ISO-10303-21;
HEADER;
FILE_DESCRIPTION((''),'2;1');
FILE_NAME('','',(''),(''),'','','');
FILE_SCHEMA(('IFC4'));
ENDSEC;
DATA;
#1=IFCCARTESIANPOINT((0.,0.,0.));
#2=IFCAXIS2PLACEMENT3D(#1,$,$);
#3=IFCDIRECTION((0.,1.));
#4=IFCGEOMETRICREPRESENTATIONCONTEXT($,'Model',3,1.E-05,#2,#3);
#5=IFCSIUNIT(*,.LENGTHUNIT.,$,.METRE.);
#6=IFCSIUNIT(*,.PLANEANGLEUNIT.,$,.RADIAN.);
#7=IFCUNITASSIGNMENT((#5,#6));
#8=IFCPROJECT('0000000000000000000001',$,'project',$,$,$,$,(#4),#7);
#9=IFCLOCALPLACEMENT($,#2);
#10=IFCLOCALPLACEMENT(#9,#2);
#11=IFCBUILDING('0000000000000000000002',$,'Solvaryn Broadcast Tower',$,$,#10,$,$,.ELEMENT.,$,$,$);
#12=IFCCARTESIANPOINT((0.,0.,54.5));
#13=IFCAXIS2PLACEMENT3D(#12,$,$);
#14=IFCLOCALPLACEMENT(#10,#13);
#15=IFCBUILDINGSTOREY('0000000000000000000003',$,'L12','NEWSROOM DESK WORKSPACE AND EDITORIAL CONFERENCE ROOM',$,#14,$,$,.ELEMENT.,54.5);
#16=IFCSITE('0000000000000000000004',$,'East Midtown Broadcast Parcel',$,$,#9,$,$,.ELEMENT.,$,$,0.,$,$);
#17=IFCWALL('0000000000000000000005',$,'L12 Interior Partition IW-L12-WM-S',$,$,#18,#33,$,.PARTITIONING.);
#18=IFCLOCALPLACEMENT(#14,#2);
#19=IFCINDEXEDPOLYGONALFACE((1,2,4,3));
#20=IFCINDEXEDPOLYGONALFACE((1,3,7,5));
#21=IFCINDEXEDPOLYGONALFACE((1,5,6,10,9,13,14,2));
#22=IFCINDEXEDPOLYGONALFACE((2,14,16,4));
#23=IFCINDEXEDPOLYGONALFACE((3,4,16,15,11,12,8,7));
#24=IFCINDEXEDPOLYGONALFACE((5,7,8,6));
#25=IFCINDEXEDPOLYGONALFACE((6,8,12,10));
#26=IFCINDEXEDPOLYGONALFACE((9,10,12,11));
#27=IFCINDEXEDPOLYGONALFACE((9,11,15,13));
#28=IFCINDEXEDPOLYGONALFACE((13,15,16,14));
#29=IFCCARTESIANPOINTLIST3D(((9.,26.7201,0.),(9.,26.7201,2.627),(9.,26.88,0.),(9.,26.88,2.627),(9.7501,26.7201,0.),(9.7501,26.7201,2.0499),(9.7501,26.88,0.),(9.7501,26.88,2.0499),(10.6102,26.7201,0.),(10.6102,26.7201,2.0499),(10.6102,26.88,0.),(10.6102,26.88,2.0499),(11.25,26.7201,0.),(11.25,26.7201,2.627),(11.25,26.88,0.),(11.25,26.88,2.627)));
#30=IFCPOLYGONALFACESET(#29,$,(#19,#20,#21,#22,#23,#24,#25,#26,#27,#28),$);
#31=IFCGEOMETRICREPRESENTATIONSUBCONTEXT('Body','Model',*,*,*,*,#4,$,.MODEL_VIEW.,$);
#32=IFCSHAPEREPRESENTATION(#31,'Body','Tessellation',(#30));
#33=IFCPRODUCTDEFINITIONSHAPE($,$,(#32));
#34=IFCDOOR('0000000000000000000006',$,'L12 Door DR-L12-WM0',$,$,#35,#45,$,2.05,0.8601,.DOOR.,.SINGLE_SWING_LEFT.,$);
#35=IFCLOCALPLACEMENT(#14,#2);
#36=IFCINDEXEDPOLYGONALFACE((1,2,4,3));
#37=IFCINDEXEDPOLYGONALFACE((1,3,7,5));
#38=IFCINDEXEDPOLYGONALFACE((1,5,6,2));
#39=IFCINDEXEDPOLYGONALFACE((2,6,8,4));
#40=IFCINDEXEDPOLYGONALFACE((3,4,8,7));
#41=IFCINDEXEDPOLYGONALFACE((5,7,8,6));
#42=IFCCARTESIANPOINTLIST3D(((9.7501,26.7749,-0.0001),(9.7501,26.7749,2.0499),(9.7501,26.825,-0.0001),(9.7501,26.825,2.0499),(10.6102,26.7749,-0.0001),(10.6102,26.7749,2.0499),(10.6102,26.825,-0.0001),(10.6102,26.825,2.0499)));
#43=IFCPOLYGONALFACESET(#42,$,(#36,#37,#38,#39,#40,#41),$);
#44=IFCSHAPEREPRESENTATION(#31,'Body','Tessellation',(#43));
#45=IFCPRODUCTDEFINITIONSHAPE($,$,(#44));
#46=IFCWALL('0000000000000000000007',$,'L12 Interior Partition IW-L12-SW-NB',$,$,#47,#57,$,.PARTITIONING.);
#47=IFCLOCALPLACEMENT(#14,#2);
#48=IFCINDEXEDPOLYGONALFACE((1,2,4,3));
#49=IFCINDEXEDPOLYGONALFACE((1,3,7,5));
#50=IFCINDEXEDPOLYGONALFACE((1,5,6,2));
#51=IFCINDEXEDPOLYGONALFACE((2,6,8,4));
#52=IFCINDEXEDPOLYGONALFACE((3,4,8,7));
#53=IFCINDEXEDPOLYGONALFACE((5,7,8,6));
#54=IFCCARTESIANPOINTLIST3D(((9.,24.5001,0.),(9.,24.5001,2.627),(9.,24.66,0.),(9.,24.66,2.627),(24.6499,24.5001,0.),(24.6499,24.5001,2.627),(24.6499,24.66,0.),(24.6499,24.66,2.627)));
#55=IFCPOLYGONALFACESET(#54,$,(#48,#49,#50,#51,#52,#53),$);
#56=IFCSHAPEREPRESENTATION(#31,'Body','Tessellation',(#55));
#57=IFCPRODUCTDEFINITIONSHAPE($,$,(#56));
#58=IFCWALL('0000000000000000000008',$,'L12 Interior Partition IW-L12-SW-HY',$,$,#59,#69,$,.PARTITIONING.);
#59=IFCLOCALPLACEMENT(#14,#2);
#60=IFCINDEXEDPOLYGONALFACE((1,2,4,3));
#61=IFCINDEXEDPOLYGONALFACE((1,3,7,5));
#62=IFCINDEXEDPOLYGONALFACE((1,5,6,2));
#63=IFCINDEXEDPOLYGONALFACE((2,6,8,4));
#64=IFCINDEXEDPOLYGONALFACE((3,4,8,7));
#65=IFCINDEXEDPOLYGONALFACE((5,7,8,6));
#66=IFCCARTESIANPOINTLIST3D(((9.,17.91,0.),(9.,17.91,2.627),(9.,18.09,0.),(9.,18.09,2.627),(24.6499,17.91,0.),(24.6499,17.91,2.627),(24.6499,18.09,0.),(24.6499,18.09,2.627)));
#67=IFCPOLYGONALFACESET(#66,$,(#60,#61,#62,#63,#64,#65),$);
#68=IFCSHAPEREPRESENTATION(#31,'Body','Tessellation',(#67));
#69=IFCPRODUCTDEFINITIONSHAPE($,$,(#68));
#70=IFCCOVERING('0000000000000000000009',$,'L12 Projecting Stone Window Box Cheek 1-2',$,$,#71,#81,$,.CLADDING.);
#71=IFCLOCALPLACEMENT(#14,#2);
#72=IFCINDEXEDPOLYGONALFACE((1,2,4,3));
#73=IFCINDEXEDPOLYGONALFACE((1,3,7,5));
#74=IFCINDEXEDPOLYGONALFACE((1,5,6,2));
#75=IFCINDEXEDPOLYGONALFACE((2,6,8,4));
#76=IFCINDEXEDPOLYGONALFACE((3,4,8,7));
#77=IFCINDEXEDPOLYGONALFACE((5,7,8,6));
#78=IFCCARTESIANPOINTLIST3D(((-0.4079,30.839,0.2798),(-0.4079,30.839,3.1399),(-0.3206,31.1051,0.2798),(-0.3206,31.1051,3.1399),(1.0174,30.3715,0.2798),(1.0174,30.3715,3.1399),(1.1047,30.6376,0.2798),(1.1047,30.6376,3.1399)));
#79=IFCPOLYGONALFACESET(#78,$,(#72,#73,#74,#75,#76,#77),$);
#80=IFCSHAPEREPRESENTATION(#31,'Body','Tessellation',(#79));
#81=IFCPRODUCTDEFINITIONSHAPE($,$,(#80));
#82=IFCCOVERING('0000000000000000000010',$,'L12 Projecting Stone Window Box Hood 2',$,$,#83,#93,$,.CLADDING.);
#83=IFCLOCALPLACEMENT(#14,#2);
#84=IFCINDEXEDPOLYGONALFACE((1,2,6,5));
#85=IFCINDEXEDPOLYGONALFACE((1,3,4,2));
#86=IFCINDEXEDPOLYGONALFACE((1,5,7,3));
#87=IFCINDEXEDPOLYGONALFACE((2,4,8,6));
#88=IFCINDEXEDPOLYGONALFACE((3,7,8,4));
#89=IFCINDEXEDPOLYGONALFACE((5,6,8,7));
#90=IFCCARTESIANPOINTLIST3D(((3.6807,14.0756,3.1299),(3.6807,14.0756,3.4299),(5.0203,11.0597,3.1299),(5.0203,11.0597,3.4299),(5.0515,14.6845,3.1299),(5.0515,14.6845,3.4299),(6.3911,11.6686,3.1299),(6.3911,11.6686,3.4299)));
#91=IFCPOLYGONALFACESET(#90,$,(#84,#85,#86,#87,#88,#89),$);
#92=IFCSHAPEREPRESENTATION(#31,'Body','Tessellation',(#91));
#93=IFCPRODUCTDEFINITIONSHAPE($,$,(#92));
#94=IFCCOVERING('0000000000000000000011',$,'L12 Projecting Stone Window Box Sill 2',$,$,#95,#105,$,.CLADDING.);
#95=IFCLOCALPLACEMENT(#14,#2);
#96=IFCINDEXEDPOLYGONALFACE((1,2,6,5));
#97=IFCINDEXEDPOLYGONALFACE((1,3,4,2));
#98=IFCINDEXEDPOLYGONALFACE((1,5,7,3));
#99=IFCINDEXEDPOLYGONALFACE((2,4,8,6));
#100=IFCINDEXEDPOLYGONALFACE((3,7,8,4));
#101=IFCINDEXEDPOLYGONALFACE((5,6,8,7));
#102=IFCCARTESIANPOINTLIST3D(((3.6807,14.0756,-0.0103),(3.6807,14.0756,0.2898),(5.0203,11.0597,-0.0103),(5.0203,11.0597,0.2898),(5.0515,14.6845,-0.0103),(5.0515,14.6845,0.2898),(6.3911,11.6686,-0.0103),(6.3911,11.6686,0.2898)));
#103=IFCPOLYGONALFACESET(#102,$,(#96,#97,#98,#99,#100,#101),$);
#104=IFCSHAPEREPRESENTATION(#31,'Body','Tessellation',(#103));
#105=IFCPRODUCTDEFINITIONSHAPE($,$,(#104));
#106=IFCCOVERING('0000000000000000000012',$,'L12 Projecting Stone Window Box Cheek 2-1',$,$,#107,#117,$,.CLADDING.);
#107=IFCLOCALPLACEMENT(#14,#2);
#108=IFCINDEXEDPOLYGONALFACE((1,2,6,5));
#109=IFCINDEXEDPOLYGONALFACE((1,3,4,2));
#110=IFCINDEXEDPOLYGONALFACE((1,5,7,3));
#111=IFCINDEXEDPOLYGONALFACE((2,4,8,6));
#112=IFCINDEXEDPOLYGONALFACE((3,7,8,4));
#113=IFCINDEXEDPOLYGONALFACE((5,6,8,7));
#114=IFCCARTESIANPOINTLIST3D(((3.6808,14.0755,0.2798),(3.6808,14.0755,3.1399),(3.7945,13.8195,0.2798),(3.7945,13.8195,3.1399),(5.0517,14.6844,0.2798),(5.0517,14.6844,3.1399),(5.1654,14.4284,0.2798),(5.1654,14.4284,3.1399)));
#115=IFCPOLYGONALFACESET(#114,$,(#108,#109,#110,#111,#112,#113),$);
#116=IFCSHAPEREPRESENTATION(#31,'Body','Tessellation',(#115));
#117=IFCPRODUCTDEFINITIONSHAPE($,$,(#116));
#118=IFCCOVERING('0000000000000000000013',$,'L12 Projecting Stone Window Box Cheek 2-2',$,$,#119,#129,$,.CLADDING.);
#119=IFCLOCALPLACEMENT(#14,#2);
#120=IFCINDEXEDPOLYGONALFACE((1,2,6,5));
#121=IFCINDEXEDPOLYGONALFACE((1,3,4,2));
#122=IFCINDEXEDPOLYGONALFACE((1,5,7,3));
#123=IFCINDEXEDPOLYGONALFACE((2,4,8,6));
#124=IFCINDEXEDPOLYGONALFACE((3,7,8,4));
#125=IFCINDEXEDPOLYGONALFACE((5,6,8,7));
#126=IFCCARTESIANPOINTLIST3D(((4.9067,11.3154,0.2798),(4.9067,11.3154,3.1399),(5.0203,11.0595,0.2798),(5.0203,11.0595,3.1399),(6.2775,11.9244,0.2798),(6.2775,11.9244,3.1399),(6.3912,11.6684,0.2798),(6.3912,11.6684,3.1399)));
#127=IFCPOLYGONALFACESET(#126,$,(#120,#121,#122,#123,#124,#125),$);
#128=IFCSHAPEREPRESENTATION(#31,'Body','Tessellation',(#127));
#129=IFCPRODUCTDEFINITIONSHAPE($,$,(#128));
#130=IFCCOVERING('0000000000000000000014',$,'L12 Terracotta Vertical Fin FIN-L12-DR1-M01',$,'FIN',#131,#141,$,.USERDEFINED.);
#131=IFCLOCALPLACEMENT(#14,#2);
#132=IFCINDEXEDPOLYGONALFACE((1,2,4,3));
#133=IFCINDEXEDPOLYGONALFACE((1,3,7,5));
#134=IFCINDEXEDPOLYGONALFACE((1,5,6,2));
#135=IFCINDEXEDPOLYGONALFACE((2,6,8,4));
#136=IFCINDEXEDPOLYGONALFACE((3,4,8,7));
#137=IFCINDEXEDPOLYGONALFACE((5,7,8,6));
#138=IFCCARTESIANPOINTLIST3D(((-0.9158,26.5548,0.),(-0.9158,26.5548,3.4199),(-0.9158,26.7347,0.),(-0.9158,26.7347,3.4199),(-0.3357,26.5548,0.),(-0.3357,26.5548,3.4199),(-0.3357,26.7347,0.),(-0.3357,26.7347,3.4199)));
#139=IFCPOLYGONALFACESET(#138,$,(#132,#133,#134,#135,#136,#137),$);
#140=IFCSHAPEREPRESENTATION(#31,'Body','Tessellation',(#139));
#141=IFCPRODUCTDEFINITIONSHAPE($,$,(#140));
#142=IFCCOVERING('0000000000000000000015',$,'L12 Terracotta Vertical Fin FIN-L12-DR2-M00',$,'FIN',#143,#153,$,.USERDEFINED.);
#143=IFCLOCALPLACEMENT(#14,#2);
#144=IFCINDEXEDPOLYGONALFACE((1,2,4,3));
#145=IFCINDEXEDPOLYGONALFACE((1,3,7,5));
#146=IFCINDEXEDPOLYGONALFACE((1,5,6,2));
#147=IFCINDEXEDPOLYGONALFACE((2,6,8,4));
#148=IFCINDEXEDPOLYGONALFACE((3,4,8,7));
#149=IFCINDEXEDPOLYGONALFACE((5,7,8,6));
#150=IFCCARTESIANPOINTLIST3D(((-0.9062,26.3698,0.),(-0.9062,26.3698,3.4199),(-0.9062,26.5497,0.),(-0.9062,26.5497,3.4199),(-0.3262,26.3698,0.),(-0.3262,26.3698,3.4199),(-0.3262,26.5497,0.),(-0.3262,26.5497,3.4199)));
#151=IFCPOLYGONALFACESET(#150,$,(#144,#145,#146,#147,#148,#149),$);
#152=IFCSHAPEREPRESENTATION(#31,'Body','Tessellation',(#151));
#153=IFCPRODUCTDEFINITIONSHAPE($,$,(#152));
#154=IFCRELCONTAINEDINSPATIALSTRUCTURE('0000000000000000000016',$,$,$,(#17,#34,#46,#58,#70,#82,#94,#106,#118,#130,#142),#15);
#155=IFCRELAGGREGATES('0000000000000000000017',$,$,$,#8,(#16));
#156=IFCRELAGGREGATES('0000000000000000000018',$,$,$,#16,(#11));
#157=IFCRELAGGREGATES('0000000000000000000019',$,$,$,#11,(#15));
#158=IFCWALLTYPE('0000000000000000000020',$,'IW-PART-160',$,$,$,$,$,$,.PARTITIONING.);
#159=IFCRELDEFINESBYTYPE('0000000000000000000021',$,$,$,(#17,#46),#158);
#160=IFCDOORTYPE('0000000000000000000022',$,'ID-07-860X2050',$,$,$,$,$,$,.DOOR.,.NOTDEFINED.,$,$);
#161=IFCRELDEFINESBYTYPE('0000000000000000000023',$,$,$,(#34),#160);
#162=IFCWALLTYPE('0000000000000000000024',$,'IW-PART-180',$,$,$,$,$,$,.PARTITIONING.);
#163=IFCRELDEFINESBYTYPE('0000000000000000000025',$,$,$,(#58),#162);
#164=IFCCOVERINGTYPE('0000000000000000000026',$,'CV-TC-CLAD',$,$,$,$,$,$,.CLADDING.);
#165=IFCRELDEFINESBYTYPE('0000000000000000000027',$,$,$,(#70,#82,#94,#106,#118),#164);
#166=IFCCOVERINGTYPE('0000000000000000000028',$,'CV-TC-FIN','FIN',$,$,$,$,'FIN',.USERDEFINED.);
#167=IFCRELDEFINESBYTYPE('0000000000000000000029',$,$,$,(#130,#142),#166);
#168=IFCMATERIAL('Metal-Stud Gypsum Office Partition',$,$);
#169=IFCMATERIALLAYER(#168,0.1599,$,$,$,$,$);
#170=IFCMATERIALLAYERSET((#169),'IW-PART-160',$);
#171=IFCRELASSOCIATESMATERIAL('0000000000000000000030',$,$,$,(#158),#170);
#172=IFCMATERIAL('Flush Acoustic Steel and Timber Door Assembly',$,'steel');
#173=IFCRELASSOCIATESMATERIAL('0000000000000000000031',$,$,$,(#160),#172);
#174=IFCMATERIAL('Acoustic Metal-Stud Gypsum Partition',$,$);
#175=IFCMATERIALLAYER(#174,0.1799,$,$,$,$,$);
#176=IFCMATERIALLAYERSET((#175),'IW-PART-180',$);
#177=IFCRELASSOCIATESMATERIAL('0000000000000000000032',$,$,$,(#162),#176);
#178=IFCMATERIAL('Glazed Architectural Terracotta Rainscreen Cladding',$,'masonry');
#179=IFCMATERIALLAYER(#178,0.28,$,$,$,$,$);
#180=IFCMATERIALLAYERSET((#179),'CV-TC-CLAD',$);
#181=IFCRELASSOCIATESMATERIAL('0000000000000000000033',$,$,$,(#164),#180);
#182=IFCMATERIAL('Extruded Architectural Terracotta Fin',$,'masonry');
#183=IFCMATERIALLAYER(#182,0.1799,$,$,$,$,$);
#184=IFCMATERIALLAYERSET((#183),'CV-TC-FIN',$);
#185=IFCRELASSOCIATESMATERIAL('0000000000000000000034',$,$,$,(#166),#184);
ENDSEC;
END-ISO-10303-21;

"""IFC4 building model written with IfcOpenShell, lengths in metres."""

from ifc_helpers import new_model, si_unit, direction, frame, frame_2d, origin, origin_2d, place, context, subcontext, project, spatial, rectangle, extrude, material, layer, layer_set, type_object, element, fill, save


model = new_model("IFC4")

# Units and contexts
model_context = context("Model", 3, precision=1e-05, world=origin(), true_north=direction((0.0, 1.0)))
body_context = subcontext(model_context, "Body", "Model", "MODEL_VIEW")
ifc_project = project(units=[si_unit("LENGTHUNIT", "METRE"), si_unit("PLANEANGLEUNIT", "RADIAN")], contexts=[model_context])

# Site, building, storey
site_placement = place(None, origin())
site = spatial("IfcSite", under=ifc_project, at=site_placement, Name="East Midtown Broadcast Parcel", CompositionType="ELEMENT", RefElevation=0.0)
building_placement = place(site_placement, origin())
building = spatial("IfcBuilding", under=site, at=building_placement, Name="Solvaryn Broadcast Tower", CompositionType="ELEMENT")
storey_placement = place(building_placement, frame((0.0, 0.0, 54.5)))
storey = spatial("IfcBuildingStorey", under=building, at=storey_placement, Name="L12", Description="NEWSROOM DESK WORKSPACE AND EDITORIAL CONFERENCE ROOM", CompositionType="ELEMENT", Elevation=54.5)

# Wall, opening, door
ifc_material_1 = material(Name="Metal-Stud Gypsum Office Partition")
ifc_layer_1 = layer(ifc_material_1, 0.1599)
ifc_layer_set_1 = layer_set([ifc_layer_1], Name="IW-PART-160")
wall_type_1 = type_object("IfcWallType", Name="IW-PART-160", PredefinedType="PARTITIONING", material=ifc_layer_set_1)
wall_1_placement = place(storey_placement, frame((9.0, 26.8, 0.0), z_axis=(0.0, 0.0, 1.0), x_axis=(1.0, 0.0, 0.0)))
wall_1 = element("IfcWall", 1, at=wall_1_placement, inside=storey, type_object=wall_type_1, Name="L12 Interior Partition IW-L12-WM-S", PredefinedType="PARTITIONING", context=body_context, shape_type="SweptSolid", body=[
    extrude(rectangle(XDim=2.25, YDim=0.1599, at=frame_2d((1.125, 0.0))), origin(), (0.0, 0.0, 1.0), 2.627),
])
opening_placement = place(wall_1_placement, frame((0.75, 0.0, 0.0)))
opening = element("IfcOpeningElement", 2, at=opening_placement, cuts=wall_1, PredefinedType="OPENING", context=body_context, shape_type="SweptSolid", body=[
    extrude(rectangle(XDim=0.8601, YDim=2.05, at=frame_2d((0.4302, 1.0249))), frame((0.0, 0.0901, 0.0), z_axis=(0.0, -1.0, 0.0), x_axis=(1.0, 0.0, 0.0)), (0.0, 0.0, 1.0), 0.1799),
])
ifc_material_2 = material(Name="Flush Acoustic Steel and Timber Door Assembly", Category="steel")
door_type = type_object("IfcDoorType", Name="ID-07-860X2050", OperationType="NOTDEFINED", PredefinedType="DOOR", material=ifc_material_2)
door_placement = place(opening_placement, origin())
door = element("IfcDoor", 3, at=door_placement, inside=storey, type_object=door_type, Name="L12 Door DR-L12-WM0", OperationType="SINGLE_SWING_LEFT", OverallHeight=2.05, OverallWidth=0.8601, PredefinedType="DOOR", context=body_context, shape_type="SweptSolid", body=[
    extrude(rectangle(XDim=0.8601, YDim=2.05, at=frame_2d((0.4302, 1.0249))), frame((0.0, 0.0249, 0.0), z_axis=(0.0, -1.0, 0.0), x_axis=(1.0, 0.0, 0.0)), (0.0, 0.0, 1.0), 0.05),
])
fill(opening, door)

# Walls
wall_2_placement = place(storey_placement, frame((9.0, 24.5801, 0.0), z_axis=(0.0, 0.0, 1.0), x_axis=(1.0, 0.0, 0.0)))
element("IfcWall", 4, at=wall_2_placement, inside=storey, type_object=wall_type_1, Name="L12 Interior Partition IW-L12-SW-NB", PredefinedType="PARTITIONING", context=body_context, shape_type="SweptSolid", body=[
    extrude(rectangle(XDim=15.6499, YDim=0.1599, at=frame_2d((7.825, 0.0))), origin(), (0.0, 0.0, 1.0), 2.627),
])
ifc_material_3 = material(Name="Acoustic Metal-Stud Gypsum Partition")
ifc_layer_2 = layer(ifc_material_3, 0.1799)
ifc_layer_set_2 = layer_set([ifc_layer_2], Name="IW-PART-180")
wall_type_2 = type_object("IfcWallType", Name="IW-PART-180", PredefinedType="PARTITIONING", material=ifc_layer_set_2)
wall_3_placement = place(storey_placement, frame((9.0, 18.0, 0.0), z_axis=(0.0, 0.0, 1.0), x_axis=(1.0, 0.0, 0.0)))
element("IfcWall", 5, at=wall_3_placement, inside=storey, type_object=wall_type_2, Name="L12 Interior Partition IW-L12-SW-HY", PredefinedType="PARTITIONING", context=body_context, shape_type="SweptSolid", body=[
    extrude(rectangle(XDim=15.6499, YDim=0.1799, at=frame_2d((7.825, 0.0))), origin(), (0.0, 0.0, 1.0), 2.627),
])

# Coverings
ifc_material_4 = material(Name="Glazed Architectural Terracotta Rainscreen Cladding", Category="masonry")
ifc_layer_3 = layer(ifc_material_4, 0.28)
ifc_layer_set_3 = layer_set([ifc_layer_3], Name="CV-TC-CLAD")
covering_type_1 = type_object("IfcCoveringType", Name="CV-TC-CLAD", PredefinedType="CLADDING", material=ifc_layer_set_3)
covering_placement = place(storey_placement, frame((0.3484, 30.7383, 0.2798), z_axis=(0.0, 0.0, 1.0), x_axis=(-0.311672, -0.95019, 0.0)))
element("IfcCovering", 6, at=covering_placement, inside=storey, type_object=covering_type_1, Name="L12 Projecting Stone Window Box Cheek 1-2", PredefinedType="CLADDING", context=body_context, shape_type="SweptSolid", body=[
    extrude(rectangle(XDim=0.28, YDim=1.5, at=origin_2d()), origin(), (0.0, 0.0, 1.0), 2.8601),
])
for number, where, z_axis, x_axis, name in (
    (7, (5.0359, 12.8721, 3.1299), (0.0, 0.0, 1.0), (0.405939, -0.9139, 0.0), "L12 Projecting Stone Window Box Hood 2"),
    (8, (5.0359, 12.8721, -0.0103), (0.0, 0.0, 1.0), (0.405939, -0.9139, 0.0), "L12 Projecting Stone Window Box Sill 2"),
):
    element("IfcCovering", number, at=place(storey_placement, frame(where, z_axis=z_axis, x_axis=x_axis)), inside=storey, type_object=covering_type_1, Name=name, PredefinedType="CLADDING", context=body_context, shape_type="SweptSolid", body=[
        extrude(rectangle(XDim=3.3, YDim=1.5, at=origin_2d()), origin(), (0.0, 0.0, 1.0), 0.3),
    ])
for number, where, z_axis, x_axis, name in (
    (9, (4.4231, 14.252, 0.2798), (0.0, 0.0, 1.0), (0.405939, -0.9139, 0.0), "L12 Projecting Stone Window Box Cheek 2-1"),
    (10, (5.6489, 11.4919, 0.2798), (0.0, 0.0, 1.0), (0.405939, -0.9139, 0.0), "L12 Projecting Stone Window Box Cheek 2-2"),
):
    element("IfcCovering", number, at=place(storey_placement, frame(where, z_axis=z_axis, x_axis=x_axis)), inside=storey, type_object=covering_type_1, Name=name, PredefinedType="CLADDING", context=body_context, shape_type="SweptSolid", body=[
        extrude(rectangle(XDim=0.28, YDim=1.5, at=origin_2d()), origin(), (0.0, 0.0, 1.0), 2.8601),
    ])
ifc_material_5 = material(Name="Extruded Architectural Terracotta Fin", Category="masonry")
ifc_layer_4 = layer(ifc_material_5, 0.1799)
ifc_layer_set_4 = layer_set([ifc_layer_4], Name="CV-TC-FIN")
covering_type_2 = type_object("IfcCoveringType", Name="CV-TC-FIN", Description="FIN", ElementType="FIN", PredefinedType="USERDEFINED", material=ifc_layer_set_4)
for number, where, z_axis, x_axis, name in (
    (11, (-0.6257, 26.6448, 0.0), (0.0, 0.0, 1.0), (1.0, 0.0, 0.0), "L12 Terracotta Vertical Fin FIN-L12-DR1-M01"),
    (12, (-0.6162, 26.4597, 0.0), (0.0, 0.0, 1.0), (1.0, 0.0, 0.0), "L12 Terracotta Vertical Fin FIN-L12-DR2-M00"),
):
    element("IfcCovering", number, at=place(storey_placement, frame(where, z_axis=z_axis, x_axis=x_axis)), inside=storey, type_object=covering_type_2, Name=name, ObjectType="FIN", PredefinedType="USERDEFINED", context=body_context, shape_type="SweptSolid", body=[
        extrude(rectangle(XDim=0.5801, YDim=0.1799, at=origin_2d()), origin(), (0.0, 0.0, 1.0), 3.4199),
    ])

save(model, "model.ifc")
